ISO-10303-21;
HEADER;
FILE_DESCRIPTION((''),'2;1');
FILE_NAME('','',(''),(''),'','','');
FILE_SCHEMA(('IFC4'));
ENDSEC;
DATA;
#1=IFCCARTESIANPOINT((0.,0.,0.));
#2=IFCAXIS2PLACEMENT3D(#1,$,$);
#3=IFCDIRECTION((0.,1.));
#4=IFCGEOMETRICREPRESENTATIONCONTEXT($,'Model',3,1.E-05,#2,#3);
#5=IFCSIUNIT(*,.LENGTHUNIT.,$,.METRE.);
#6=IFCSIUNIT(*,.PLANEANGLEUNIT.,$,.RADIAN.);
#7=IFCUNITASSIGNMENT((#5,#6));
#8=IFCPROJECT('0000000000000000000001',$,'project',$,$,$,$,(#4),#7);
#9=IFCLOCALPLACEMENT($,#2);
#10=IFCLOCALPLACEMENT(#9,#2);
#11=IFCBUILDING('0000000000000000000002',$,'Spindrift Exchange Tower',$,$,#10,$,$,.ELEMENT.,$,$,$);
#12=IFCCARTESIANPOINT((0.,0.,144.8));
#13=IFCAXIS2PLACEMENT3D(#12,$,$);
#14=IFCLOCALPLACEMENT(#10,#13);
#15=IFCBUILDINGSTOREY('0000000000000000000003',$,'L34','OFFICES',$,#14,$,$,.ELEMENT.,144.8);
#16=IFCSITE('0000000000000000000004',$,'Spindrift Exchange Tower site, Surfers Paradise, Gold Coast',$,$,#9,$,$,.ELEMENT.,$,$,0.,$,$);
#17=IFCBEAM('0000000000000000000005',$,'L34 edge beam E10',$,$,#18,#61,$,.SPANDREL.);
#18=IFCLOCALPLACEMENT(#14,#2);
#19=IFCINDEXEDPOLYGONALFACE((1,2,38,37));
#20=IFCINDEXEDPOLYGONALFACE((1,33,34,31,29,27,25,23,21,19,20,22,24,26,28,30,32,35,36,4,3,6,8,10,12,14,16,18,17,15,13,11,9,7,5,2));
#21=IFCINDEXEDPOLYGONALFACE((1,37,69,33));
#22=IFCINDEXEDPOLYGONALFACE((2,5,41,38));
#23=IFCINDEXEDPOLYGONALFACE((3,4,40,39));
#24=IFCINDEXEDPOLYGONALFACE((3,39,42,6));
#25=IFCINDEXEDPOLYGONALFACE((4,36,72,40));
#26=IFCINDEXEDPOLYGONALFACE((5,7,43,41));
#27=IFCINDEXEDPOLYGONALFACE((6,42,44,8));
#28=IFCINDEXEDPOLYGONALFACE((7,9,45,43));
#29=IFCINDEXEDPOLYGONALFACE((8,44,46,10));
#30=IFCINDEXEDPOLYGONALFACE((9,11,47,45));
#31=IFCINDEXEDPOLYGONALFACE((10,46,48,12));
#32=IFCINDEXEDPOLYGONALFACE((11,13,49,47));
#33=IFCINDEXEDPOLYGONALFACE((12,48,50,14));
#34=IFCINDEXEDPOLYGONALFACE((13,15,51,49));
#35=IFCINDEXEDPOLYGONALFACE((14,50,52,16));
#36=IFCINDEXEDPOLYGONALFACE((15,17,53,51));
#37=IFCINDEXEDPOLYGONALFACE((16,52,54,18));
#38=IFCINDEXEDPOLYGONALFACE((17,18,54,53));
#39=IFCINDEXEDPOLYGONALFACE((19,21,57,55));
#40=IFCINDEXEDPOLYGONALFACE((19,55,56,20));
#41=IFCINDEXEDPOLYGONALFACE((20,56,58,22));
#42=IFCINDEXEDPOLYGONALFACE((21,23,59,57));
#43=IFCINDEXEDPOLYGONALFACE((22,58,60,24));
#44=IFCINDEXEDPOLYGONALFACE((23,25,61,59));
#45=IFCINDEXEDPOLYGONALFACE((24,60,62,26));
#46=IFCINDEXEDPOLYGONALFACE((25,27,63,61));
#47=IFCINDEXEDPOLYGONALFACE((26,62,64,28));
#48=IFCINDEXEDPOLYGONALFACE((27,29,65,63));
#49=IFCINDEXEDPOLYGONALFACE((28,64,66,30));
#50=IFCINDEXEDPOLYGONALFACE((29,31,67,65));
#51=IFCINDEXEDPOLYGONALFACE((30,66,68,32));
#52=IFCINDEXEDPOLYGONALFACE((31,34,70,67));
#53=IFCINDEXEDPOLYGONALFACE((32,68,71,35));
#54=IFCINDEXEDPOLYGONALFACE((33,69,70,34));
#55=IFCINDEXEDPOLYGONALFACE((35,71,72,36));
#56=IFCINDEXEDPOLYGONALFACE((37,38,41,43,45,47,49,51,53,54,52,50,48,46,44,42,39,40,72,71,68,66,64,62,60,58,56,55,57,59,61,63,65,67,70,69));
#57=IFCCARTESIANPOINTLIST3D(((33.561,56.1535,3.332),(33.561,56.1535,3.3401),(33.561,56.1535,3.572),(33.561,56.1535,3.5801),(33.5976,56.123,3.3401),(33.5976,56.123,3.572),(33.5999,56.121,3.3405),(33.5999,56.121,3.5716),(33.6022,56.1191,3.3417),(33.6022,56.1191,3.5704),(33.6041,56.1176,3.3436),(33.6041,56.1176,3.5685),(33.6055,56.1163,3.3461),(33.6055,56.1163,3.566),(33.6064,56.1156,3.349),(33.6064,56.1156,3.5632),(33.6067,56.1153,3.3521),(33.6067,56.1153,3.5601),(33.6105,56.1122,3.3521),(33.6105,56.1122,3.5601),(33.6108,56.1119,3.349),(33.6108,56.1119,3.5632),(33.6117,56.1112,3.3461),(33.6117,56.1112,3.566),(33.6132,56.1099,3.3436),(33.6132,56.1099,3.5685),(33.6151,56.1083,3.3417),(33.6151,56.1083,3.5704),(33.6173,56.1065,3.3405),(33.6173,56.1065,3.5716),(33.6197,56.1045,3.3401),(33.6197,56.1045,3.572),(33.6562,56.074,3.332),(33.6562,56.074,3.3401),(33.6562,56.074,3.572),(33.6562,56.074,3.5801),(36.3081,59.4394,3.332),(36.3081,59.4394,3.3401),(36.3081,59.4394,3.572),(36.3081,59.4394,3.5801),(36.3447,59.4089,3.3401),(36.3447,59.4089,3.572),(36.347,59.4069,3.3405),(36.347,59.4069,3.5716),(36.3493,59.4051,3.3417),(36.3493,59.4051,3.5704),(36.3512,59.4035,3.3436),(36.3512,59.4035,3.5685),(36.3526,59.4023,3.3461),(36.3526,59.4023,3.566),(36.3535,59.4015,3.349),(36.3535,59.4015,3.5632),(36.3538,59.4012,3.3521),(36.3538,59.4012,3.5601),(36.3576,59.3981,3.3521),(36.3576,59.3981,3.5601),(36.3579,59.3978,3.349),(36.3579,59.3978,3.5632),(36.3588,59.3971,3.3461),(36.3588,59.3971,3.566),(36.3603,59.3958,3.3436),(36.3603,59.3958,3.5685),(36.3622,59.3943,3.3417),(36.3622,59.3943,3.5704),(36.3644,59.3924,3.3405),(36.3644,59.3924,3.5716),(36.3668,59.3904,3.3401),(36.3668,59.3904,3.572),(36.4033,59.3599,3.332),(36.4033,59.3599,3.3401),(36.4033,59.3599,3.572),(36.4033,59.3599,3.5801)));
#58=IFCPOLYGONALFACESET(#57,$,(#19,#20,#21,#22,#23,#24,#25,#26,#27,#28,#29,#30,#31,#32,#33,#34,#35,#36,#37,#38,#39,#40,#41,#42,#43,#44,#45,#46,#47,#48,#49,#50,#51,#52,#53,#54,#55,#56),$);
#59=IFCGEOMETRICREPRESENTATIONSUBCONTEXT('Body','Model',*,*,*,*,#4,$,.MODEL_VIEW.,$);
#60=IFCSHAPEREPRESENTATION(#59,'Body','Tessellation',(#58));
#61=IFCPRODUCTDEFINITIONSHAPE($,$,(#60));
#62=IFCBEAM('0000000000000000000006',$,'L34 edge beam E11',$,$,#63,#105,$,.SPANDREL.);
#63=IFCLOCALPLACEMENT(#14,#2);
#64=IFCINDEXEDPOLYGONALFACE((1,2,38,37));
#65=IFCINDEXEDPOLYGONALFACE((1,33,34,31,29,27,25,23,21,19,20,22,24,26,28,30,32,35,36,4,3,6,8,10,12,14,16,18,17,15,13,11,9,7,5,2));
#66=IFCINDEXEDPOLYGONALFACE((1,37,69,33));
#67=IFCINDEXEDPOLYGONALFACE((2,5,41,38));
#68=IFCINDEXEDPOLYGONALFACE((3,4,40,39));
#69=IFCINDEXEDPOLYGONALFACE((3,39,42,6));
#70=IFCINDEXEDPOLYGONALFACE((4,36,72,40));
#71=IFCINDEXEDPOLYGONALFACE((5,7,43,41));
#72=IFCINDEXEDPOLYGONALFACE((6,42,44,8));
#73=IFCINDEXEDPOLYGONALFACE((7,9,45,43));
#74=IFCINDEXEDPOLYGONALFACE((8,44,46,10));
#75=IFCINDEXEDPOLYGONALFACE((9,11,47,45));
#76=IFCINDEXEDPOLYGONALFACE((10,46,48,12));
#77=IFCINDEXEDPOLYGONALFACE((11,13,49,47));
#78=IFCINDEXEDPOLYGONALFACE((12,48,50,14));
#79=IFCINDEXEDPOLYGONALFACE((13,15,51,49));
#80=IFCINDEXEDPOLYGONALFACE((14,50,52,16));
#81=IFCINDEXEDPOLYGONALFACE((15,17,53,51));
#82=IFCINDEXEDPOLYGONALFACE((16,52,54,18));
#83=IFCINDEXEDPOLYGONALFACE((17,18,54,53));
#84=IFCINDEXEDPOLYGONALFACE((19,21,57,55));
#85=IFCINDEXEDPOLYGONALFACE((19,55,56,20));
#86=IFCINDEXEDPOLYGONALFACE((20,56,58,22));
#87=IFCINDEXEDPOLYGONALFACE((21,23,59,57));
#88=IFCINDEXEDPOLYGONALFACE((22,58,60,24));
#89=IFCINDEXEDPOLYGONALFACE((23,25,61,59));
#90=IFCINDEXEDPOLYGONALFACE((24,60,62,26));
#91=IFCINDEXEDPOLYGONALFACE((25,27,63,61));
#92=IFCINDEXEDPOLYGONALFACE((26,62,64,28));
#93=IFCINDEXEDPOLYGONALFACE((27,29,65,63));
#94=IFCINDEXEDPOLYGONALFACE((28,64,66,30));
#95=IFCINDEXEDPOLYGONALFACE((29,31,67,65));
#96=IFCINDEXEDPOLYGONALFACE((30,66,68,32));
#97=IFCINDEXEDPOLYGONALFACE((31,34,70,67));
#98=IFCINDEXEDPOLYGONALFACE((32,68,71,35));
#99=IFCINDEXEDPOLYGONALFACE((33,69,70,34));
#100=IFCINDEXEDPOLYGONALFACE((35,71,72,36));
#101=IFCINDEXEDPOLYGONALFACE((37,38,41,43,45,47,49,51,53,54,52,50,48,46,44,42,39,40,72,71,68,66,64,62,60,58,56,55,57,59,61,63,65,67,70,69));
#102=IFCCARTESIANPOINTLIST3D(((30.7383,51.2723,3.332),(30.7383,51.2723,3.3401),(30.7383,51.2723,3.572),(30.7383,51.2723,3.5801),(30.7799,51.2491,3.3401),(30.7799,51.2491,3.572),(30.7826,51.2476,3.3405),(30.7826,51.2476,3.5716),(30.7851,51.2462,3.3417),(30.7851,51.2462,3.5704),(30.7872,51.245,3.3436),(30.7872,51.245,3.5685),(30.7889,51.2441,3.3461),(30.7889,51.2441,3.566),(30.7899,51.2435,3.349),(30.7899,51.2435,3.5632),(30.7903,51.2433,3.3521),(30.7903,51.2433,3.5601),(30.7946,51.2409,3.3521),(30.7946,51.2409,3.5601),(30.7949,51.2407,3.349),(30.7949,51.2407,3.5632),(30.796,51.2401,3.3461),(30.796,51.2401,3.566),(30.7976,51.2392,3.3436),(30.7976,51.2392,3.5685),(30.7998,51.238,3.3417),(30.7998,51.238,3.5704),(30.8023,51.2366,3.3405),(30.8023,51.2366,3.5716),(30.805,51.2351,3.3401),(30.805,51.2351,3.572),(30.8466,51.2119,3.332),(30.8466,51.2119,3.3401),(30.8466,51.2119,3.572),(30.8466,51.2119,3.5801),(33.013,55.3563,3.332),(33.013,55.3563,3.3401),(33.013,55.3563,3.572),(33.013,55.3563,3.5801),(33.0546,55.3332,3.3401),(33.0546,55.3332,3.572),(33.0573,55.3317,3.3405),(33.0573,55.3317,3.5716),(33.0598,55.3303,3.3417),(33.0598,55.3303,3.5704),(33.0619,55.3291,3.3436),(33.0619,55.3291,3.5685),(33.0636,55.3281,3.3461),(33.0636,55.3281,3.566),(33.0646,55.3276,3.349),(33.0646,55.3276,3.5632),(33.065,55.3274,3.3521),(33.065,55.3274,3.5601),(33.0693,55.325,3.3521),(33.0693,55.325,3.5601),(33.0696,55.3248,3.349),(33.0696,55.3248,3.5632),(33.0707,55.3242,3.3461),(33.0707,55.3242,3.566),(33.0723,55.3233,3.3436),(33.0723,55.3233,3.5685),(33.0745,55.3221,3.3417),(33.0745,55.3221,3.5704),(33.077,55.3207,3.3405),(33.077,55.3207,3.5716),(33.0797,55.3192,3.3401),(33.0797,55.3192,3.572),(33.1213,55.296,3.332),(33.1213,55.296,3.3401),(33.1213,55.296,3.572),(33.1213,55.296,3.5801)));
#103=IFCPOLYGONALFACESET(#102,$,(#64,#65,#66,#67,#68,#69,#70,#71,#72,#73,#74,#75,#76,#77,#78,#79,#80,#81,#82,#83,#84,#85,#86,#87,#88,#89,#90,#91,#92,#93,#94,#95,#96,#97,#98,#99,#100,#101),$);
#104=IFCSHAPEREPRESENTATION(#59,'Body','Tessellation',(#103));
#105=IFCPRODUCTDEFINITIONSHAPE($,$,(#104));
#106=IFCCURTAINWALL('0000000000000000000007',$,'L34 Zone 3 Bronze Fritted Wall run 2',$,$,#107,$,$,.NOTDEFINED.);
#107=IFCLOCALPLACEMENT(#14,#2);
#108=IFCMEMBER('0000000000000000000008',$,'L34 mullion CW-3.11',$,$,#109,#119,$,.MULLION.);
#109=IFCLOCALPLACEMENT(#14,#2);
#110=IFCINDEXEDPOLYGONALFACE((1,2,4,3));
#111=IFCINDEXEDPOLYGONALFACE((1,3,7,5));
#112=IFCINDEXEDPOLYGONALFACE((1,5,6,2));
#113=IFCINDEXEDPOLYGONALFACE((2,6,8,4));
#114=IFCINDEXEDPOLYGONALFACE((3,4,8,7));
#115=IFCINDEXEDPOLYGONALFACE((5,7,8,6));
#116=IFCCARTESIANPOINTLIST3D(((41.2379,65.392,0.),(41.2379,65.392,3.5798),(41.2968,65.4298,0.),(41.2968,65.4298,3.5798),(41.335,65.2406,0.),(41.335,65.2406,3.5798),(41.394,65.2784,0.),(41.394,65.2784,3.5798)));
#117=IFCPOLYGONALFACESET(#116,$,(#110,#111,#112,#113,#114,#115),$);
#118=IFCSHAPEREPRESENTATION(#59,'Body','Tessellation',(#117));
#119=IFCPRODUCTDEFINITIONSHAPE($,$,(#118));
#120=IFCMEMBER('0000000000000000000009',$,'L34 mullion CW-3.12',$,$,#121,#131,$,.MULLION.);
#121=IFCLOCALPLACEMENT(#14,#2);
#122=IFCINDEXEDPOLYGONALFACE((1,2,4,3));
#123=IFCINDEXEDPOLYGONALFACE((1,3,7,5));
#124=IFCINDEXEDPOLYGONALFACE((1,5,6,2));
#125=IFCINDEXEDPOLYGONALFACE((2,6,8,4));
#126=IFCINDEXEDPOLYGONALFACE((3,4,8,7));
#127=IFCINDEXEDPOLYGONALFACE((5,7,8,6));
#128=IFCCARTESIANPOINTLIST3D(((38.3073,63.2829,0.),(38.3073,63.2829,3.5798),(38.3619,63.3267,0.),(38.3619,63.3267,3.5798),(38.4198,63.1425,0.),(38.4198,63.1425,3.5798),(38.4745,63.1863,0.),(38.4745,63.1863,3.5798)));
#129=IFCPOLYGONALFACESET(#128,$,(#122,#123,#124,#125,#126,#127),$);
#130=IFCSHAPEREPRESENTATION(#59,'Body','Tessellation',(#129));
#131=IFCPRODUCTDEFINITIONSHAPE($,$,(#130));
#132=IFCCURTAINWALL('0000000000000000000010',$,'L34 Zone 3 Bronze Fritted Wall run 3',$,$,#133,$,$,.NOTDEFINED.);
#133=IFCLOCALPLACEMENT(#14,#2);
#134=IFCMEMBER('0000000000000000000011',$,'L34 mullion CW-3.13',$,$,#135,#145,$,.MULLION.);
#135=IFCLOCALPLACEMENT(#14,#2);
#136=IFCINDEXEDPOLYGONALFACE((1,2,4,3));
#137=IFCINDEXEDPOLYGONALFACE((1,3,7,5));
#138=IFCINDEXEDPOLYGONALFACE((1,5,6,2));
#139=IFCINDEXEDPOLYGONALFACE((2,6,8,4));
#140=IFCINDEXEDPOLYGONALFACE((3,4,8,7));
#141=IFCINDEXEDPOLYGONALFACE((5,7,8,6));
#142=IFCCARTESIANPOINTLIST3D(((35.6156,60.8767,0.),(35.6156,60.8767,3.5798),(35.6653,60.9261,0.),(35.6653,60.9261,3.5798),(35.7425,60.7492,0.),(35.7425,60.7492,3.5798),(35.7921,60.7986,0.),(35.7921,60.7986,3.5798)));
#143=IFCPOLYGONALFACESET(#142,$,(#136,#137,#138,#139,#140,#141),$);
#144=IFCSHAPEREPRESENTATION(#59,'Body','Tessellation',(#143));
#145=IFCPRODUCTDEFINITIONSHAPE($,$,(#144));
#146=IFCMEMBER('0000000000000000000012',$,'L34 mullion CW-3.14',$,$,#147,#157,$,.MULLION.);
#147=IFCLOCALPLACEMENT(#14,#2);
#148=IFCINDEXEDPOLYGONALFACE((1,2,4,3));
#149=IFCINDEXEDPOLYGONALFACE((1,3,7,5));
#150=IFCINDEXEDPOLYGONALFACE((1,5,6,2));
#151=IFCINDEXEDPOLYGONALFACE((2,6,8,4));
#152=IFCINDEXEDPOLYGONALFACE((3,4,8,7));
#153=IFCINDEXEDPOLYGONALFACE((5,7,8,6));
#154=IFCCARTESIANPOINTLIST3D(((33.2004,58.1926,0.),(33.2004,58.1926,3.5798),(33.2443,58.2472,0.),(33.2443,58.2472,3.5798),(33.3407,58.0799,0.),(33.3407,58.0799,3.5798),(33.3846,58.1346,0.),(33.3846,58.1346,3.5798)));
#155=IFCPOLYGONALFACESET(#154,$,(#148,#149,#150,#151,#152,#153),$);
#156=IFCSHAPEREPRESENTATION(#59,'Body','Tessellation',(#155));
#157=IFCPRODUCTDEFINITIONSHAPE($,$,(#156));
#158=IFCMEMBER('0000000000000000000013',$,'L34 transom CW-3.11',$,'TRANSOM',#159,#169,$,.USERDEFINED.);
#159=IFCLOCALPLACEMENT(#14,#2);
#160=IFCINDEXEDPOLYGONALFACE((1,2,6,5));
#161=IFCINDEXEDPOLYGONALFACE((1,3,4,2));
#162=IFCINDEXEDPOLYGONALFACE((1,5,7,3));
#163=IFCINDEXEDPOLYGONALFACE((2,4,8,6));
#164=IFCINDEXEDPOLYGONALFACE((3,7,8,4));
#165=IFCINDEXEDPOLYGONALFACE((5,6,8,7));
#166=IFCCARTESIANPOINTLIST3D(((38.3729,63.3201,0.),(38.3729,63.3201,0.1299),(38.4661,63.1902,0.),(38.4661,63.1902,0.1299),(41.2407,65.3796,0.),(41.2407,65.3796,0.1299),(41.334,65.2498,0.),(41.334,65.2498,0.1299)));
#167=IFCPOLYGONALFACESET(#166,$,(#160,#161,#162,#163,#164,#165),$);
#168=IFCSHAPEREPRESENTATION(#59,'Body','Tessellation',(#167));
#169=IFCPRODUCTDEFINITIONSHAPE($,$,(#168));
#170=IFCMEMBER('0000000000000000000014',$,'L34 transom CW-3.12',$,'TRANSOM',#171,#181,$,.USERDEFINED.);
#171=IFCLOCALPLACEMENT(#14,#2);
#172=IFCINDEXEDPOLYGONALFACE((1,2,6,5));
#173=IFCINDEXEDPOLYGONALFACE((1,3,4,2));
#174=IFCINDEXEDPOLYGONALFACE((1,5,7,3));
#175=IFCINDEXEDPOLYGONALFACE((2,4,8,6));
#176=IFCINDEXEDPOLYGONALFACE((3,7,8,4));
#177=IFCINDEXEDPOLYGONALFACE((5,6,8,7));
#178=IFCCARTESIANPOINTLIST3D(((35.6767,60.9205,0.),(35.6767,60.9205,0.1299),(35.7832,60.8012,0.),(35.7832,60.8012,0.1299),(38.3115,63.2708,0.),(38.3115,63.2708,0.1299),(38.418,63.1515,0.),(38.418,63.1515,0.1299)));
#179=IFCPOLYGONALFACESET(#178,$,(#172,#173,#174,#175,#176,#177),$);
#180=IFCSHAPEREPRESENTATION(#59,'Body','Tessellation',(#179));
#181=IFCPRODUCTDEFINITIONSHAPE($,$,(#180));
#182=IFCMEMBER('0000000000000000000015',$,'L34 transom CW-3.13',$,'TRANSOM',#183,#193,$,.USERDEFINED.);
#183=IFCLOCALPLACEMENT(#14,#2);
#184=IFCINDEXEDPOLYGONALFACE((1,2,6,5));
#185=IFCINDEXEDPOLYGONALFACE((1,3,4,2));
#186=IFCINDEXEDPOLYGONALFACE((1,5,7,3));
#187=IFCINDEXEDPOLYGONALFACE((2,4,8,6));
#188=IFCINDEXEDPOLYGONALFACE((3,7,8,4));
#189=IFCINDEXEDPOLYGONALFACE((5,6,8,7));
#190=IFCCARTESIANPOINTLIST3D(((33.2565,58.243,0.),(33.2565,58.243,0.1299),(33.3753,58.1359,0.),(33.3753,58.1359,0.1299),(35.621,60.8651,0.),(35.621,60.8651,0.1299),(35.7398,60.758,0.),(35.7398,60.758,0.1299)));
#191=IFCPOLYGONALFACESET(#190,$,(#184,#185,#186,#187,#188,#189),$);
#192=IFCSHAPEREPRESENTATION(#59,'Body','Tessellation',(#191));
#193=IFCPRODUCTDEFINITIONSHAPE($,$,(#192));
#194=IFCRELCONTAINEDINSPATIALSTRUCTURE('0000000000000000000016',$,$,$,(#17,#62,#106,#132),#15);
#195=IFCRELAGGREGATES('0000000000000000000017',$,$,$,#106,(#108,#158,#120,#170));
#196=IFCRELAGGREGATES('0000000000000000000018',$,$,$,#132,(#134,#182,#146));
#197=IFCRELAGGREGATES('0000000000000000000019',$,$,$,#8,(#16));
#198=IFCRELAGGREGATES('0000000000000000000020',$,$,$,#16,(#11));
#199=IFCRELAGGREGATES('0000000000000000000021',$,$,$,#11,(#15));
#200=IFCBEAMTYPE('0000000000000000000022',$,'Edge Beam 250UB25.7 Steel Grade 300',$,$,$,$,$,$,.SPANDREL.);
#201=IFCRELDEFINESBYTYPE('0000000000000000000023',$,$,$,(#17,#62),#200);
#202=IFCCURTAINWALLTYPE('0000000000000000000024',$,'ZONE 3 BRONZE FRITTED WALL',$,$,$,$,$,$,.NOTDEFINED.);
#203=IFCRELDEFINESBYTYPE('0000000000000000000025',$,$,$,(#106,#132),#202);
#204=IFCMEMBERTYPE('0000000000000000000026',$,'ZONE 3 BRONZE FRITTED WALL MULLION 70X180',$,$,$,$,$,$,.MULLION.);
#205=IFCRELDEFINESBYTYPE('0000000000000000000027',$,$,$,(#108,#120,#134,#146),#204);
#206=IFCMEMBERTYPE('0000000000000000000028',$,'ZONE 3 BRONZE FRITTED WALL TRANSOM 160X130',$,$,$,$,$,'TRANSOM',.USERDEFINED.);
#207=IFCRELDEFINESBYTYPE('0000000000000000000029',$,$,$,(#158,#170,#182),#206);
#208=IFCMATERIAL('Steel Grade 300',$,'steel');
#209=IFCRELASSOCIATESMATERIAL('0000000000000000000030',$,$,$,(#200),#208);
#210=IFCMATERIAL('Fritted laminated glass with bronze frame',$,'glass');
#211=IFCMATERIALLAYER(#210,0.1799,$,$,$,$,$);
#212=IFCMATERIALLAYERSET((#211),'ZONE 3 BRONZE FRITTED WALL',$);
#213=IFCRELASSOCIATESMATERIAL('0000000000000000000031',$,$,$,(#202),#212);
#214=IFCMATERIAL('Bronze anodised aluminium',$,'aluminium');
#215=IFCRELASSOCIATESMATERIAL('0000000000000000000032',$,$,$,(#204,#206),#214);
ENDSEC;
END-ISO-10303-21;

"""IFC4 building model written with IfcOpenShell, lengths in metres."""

from ifc_helpers import new_model, si_unit, direction, frame, origin, origin_2d, place, context, subcontext, project, spatial, rectangle, i_section, extrude, source, transform, mapped, material, layer, layer_set, material_profile, profile_set, type_object, element, aggregate, save


model = new_model("IFC4")

# Units and contexts
model_context = context("Model", 3, precision=1e-05, world=origin(), true_north=direction((0.0, 1.0)))
body_context = subcontext(model_context, "Body", "Model", "MODEL_VIEW")
ifc_project = project(units=[si_unit("LENGTHUNIT", "METRE"), si_unit("PLANEANGLEUNIT", "RADIAN")], contexts=[model_context])

# Site, building, storey
site_placement = place(None, origin())
site = spatial("IfcSite", under=ifc_project, at=site_placement, Name="Spindrift Exchange Tower site, Surfers Paradise, Gold Coast", CompositionType="ELEMENT", RefElevation=0.0)
building_placement = place(site_placement, origin())
building = spatial("IfcBuilding", under=site, at=building_placement, Name="Spindrift Exchange Tower", CompositionType="ELEMENT")
storey_placement = place(building_placement, frame((0.0, 0.0, 144.8)))
storey = spatial("IfcBuildingStorey", under=building, at=storey_placement, Name="L34", Description="OFFICES", CompositionType="ELEMENT", Elevation=144.8)

# Beams
ifc_material_1 = material(Name="Steel Grade 300", Category="steel")
ifc_material_profile_1 = material_profile(ifc_material_1, i_section(OverallWidth=0.124, OverallDepth=0.248, WebThickness=0.0049, FlangeThickness=0.0081, FilletRadius=0.012, at=origin_2d()), Name="250UB25.7")
ifc_profile_set_1 = profile_set([ifc_material_profile_1], Name="Steel Grade 300")
beam_type = type_object("IfcBeamType", Name="Edge Beam 250UB25.7 Steel Grade 300", PredefinedType="SPANDREL", material=ifc_profile_set_1)
shared_shape_1 = source(origin(), body_context, "Body", "SweptSolid", [
    extrude(i_section(OverallWidth=0.124, OverallDepth=0.248, WebThickness=0.0049, FlangeThickness=0.0081, FilletRadius=0.012, at=origin_2d()), origin(), (0.0, 0.0, 1.0), 4.283),
])
beam_1_placement = place(storey_placement, frame((36.3557, 59.3997, 3.4561), z_axis=(-0.6414, -0.767206, 0.0), x_axis=(0.767206, -0.6414, 0.0)))
element("IfcBeam", 1, at=beam_1_placement, inside=storey, type_object=beam_type, Name="L34 edge beam E10", PredefinedType="SPANDREL", context=body_context, shape_type="MappedRepresentation", body=[
    mapped(shared_shape_1, transform((0.0, 0.0, 0.0), scale=1.0)),
])
shared_shape_2 = source(origin(), body_context, "Body", "SweptSolid", [
    extrude(i_section(OverallWidth=0.124, OverallDepth=0.248, WebThickness=0.0049, FlangeThickness=0.0081, FilletRadius=0.012, at=origin_2d()), origin(), (0.0, 0.0, 1.0), 4.6748),
])
beam_2_placement = place(storey_placement, frame((33.0671, 55.3262, 3.4561), z_axis=(-0.486587, -0.873632, 0.0), x_axis=(0.873632, -0.486587, 0.0)))
element("IfcBeam", 2, at=beam_2_placement, inside=storey, type_object=beam_type, Name="L34 edge beam E11", PredefinedType="SPANDREL", context=body_context, shape_type="MappedRepresentation", body=[
    mapped(shared_shape_2, transform((0.0, 0.0, 0.0), scale=1.0)),
])

# Curtain walls, members
ifc_material_2 = material(Name="Fritted laminated glass with bronze frame", Category="glass")
ifc_layer_1 = layer(ifc_material_2, 0.1799)
ifc_layer_set_1 = layer_set([ifc_layer_1], Name="ZONE 3 BRONZE FRITTED WALL")
curtain_wall_type = type_object("IfcCurtainWallType", Name="ZONE 3 BRONZE FRITTED WALL", PredefinedType="NOTDEFINED", material=ifc_layer_set_1)
curtain_wall_1_placement = place(storey_placement, origin())
curtain_wall_1 = element("IfcCurtainWall", 3, at=curtain_wall_1_placement, inside=storey, type_object=curtain_wall_type, Name="L34 Zone 3 Bronze Fritted Wall run 2", PredefinedType="NOTDEFINED")
ifc_material_3 = material(Name="Bronze anodised aluminium", Category="aluminium")
ifc_material_profile_2 = material_profile(ifc_material_3, rectangle(XDim=0.0701, YDim=0.1799, at=origin_2d()), Name="ZONE 3 BRONZE FRITTED WALL MULLION 70X180")
ifc_profile_set_2 = profile_set([ifc_material_profile_2], Name="Bronze anodised aluminium")
member_type_1 = type_object("IfcMemberType", Name="ZONE 3 BRONZE FRITTED WALL MULLION 70X180", PredefinedType="MULLION", material=ifc_profile_set_2)
shared_shape_3 = source(origin(), body_context, "Body", "SweptSolid", [
    extrude(rectangle(XDim=0.0701, YDim=0.1799, at=origin_2d()), origin(), (0.0, 0.0, 1.0), 3.5798),
])
member_1_placement = place(storey_placement, frame((41.3159, 65.3352, 0.0), z_axis=(0.0, 0.0, 1.0), x_axis=(-0.841739, -0.539884, 0.0)))
member_1 = element("IfcMember", 4, at=member_1_placement, type_object=member_type_1, Name="L34 mullion CW-3.11", PredefinedType="MULLION", context=body_context, shape_type="MappedRepresentation", body=[
    mapped(shared_shape_3, transform((0.0, 0.0, 0.0), scale=1.0)),
])
member_2_placement = place(storey_placement, frame((38.3909, 63.2346, 0.0), z_axis=(0.0, 0.0, 1.0), x_axis=(-0.780332, -0.625365, 0.0)))
member_2 = element("IfcMember", 5, at=member_2_placement, type_object=member_type_1, Name="L34 mullion CW-3.12", PredefinedType="MULLION", context=body_context, shape_type="MappedRepresentation", body=[
    mapped(shared_shape_3, transform((0.0, 0.0, 0.0), scale=1.0)),
])
curtain_wall_2_placement = place(storey_placement, origin())
curtain_wall_2 = element("IfcCurtainWall", 6, at=curtain_wall_2_placement, inside=storey, type_object=curtain_wall_type, Name="L34 Zone 3 Bronze Fritted Wall run 3", PredefinedType="NOTDEFINED")
member_3_placement = place(storey_placement, frame((35.7039, 60.8376, 0.0), z_axis=(0.0, 0.0, 1.0), x_axis=(-0.708994, -0.705214, 0.0)))
member_3 = element("IfcMember", 7, at=member_3_placement, type_object=member_type_1, Name="L34 mullion CW-3.13", PredefinedType="MULLION", context=body_context, shape_type="MappedRepresentation", body=[
    mapped(shared_shape_3, transform((0.0, 0.0, 0.0), scale=1.0)),
])
member_4_placement = place(storey_placement, frame((33.2925, 58.1636, 0.0), z_axis=(0.0, 0.0, 1.0), x_axis=(-0.626121, -0.779726, 0.0)))
member_4 = element("IfcMember", 8, at=member_4_placement, type_object=member_type_1, Name="L34 mullion CW-3.14", PredefinedType="MULLION", context=body_context, shape_type="MappedRepresentation", body=[
    mapped(shared_shape_3, transform((0.0, 0.0, 0.0), scale=1.0)),
])

# Members
ifc_material_profile_3 = material_profile(ifc_material_3, rectangle(XDim=0.1599, YDim=0.1299, at=origin_2d()), Name="ZONE 3 BRONZE FRITTED WALL TRANSOM 160X130")
ifc_profile_set_3 = profile_set([ifc_material_profile_3], Name="Bronze anodised aluminium")
member_type_2 = type_object("IfcMemberType", Name="ZONE 3 BRONZE FRITTED WALL TRANSOM 160X130", ElementType="TRANSOM", PredefinedType="USERDEFINED", material=ifc_profile_set_3)
shared_shape_4 = source(origin(), body_context, "Body", "SweptSolid", [
    extrude(rectangle(XDim=0.1599, YDim=0.1299, at=origin_2d()), origin(), (0.0, 0.0, 1.0), 3.5308),
])
member_5_placement = place(storey_placement, frame((41.2874, 65.3147, 0.0649), z_axis=(-0.81225, -0.58331, 0.0), x_axis=(0.58331, -0.81225, 0.0)))
member_5 = element("IfcMember", 9, at=member_5_placement, type_object=member_type_2, Name="L34 transom CW-3.11", ObjectType="TRANSOM", PredefinedType="USERDEFINED", context=body_context, shape_type="MappedRepresentation", body=[
    mapped(shared_shape_4, transform((0.0, 0.0, 0.0), scale=1.0)),
])
member_6_placement = place(storey_placement, frame((38.3647, 63.2112, 0.0649), z_axis=(-0.746237, -0.66568, 0.0), x_axis=(0.66568, -0.746237, 0.0)))
member_6 = element("IfcMember", 10, at=member_6_placement, type_object=member_type_2, Name="L34 transom CW-3.12", ObjectType="TRANSOM", PredefinedType="USERDEFINED", context=body_context, shape_type="MappedRepresentation", body=[
    mapped(shared_shape_4, transform((0.0, 0.0, 0.0), scale=1.0)),
])
member_7_placement = place(storey_placement, frame((35.6804, 60.8115, 0.0649), z_axis=(-0.66969, -0.742641, 0.0), x_axis=(0.742641, -0.66969, 0.0)))
member_7 = element("IfcMember", 11, at=member_7_placement, type_object=member_type_2, Name="L34 transom CW-3.13", ObjectType="TRANSOM", PredefinedType="USERDEFINED", context=body_context, shape_type="MappedRepresentation", body=[
    mapped(shared_shape_4, transform((0.0, 0.0, 0.0), scale=1.0)),
])

aggregate(curtain_wall_1, [member_1, member_5, member_2, member_6])
aggregate(curtain_wall_2, [member_3, member_7, member_4])

save(model, "model.ifc")
